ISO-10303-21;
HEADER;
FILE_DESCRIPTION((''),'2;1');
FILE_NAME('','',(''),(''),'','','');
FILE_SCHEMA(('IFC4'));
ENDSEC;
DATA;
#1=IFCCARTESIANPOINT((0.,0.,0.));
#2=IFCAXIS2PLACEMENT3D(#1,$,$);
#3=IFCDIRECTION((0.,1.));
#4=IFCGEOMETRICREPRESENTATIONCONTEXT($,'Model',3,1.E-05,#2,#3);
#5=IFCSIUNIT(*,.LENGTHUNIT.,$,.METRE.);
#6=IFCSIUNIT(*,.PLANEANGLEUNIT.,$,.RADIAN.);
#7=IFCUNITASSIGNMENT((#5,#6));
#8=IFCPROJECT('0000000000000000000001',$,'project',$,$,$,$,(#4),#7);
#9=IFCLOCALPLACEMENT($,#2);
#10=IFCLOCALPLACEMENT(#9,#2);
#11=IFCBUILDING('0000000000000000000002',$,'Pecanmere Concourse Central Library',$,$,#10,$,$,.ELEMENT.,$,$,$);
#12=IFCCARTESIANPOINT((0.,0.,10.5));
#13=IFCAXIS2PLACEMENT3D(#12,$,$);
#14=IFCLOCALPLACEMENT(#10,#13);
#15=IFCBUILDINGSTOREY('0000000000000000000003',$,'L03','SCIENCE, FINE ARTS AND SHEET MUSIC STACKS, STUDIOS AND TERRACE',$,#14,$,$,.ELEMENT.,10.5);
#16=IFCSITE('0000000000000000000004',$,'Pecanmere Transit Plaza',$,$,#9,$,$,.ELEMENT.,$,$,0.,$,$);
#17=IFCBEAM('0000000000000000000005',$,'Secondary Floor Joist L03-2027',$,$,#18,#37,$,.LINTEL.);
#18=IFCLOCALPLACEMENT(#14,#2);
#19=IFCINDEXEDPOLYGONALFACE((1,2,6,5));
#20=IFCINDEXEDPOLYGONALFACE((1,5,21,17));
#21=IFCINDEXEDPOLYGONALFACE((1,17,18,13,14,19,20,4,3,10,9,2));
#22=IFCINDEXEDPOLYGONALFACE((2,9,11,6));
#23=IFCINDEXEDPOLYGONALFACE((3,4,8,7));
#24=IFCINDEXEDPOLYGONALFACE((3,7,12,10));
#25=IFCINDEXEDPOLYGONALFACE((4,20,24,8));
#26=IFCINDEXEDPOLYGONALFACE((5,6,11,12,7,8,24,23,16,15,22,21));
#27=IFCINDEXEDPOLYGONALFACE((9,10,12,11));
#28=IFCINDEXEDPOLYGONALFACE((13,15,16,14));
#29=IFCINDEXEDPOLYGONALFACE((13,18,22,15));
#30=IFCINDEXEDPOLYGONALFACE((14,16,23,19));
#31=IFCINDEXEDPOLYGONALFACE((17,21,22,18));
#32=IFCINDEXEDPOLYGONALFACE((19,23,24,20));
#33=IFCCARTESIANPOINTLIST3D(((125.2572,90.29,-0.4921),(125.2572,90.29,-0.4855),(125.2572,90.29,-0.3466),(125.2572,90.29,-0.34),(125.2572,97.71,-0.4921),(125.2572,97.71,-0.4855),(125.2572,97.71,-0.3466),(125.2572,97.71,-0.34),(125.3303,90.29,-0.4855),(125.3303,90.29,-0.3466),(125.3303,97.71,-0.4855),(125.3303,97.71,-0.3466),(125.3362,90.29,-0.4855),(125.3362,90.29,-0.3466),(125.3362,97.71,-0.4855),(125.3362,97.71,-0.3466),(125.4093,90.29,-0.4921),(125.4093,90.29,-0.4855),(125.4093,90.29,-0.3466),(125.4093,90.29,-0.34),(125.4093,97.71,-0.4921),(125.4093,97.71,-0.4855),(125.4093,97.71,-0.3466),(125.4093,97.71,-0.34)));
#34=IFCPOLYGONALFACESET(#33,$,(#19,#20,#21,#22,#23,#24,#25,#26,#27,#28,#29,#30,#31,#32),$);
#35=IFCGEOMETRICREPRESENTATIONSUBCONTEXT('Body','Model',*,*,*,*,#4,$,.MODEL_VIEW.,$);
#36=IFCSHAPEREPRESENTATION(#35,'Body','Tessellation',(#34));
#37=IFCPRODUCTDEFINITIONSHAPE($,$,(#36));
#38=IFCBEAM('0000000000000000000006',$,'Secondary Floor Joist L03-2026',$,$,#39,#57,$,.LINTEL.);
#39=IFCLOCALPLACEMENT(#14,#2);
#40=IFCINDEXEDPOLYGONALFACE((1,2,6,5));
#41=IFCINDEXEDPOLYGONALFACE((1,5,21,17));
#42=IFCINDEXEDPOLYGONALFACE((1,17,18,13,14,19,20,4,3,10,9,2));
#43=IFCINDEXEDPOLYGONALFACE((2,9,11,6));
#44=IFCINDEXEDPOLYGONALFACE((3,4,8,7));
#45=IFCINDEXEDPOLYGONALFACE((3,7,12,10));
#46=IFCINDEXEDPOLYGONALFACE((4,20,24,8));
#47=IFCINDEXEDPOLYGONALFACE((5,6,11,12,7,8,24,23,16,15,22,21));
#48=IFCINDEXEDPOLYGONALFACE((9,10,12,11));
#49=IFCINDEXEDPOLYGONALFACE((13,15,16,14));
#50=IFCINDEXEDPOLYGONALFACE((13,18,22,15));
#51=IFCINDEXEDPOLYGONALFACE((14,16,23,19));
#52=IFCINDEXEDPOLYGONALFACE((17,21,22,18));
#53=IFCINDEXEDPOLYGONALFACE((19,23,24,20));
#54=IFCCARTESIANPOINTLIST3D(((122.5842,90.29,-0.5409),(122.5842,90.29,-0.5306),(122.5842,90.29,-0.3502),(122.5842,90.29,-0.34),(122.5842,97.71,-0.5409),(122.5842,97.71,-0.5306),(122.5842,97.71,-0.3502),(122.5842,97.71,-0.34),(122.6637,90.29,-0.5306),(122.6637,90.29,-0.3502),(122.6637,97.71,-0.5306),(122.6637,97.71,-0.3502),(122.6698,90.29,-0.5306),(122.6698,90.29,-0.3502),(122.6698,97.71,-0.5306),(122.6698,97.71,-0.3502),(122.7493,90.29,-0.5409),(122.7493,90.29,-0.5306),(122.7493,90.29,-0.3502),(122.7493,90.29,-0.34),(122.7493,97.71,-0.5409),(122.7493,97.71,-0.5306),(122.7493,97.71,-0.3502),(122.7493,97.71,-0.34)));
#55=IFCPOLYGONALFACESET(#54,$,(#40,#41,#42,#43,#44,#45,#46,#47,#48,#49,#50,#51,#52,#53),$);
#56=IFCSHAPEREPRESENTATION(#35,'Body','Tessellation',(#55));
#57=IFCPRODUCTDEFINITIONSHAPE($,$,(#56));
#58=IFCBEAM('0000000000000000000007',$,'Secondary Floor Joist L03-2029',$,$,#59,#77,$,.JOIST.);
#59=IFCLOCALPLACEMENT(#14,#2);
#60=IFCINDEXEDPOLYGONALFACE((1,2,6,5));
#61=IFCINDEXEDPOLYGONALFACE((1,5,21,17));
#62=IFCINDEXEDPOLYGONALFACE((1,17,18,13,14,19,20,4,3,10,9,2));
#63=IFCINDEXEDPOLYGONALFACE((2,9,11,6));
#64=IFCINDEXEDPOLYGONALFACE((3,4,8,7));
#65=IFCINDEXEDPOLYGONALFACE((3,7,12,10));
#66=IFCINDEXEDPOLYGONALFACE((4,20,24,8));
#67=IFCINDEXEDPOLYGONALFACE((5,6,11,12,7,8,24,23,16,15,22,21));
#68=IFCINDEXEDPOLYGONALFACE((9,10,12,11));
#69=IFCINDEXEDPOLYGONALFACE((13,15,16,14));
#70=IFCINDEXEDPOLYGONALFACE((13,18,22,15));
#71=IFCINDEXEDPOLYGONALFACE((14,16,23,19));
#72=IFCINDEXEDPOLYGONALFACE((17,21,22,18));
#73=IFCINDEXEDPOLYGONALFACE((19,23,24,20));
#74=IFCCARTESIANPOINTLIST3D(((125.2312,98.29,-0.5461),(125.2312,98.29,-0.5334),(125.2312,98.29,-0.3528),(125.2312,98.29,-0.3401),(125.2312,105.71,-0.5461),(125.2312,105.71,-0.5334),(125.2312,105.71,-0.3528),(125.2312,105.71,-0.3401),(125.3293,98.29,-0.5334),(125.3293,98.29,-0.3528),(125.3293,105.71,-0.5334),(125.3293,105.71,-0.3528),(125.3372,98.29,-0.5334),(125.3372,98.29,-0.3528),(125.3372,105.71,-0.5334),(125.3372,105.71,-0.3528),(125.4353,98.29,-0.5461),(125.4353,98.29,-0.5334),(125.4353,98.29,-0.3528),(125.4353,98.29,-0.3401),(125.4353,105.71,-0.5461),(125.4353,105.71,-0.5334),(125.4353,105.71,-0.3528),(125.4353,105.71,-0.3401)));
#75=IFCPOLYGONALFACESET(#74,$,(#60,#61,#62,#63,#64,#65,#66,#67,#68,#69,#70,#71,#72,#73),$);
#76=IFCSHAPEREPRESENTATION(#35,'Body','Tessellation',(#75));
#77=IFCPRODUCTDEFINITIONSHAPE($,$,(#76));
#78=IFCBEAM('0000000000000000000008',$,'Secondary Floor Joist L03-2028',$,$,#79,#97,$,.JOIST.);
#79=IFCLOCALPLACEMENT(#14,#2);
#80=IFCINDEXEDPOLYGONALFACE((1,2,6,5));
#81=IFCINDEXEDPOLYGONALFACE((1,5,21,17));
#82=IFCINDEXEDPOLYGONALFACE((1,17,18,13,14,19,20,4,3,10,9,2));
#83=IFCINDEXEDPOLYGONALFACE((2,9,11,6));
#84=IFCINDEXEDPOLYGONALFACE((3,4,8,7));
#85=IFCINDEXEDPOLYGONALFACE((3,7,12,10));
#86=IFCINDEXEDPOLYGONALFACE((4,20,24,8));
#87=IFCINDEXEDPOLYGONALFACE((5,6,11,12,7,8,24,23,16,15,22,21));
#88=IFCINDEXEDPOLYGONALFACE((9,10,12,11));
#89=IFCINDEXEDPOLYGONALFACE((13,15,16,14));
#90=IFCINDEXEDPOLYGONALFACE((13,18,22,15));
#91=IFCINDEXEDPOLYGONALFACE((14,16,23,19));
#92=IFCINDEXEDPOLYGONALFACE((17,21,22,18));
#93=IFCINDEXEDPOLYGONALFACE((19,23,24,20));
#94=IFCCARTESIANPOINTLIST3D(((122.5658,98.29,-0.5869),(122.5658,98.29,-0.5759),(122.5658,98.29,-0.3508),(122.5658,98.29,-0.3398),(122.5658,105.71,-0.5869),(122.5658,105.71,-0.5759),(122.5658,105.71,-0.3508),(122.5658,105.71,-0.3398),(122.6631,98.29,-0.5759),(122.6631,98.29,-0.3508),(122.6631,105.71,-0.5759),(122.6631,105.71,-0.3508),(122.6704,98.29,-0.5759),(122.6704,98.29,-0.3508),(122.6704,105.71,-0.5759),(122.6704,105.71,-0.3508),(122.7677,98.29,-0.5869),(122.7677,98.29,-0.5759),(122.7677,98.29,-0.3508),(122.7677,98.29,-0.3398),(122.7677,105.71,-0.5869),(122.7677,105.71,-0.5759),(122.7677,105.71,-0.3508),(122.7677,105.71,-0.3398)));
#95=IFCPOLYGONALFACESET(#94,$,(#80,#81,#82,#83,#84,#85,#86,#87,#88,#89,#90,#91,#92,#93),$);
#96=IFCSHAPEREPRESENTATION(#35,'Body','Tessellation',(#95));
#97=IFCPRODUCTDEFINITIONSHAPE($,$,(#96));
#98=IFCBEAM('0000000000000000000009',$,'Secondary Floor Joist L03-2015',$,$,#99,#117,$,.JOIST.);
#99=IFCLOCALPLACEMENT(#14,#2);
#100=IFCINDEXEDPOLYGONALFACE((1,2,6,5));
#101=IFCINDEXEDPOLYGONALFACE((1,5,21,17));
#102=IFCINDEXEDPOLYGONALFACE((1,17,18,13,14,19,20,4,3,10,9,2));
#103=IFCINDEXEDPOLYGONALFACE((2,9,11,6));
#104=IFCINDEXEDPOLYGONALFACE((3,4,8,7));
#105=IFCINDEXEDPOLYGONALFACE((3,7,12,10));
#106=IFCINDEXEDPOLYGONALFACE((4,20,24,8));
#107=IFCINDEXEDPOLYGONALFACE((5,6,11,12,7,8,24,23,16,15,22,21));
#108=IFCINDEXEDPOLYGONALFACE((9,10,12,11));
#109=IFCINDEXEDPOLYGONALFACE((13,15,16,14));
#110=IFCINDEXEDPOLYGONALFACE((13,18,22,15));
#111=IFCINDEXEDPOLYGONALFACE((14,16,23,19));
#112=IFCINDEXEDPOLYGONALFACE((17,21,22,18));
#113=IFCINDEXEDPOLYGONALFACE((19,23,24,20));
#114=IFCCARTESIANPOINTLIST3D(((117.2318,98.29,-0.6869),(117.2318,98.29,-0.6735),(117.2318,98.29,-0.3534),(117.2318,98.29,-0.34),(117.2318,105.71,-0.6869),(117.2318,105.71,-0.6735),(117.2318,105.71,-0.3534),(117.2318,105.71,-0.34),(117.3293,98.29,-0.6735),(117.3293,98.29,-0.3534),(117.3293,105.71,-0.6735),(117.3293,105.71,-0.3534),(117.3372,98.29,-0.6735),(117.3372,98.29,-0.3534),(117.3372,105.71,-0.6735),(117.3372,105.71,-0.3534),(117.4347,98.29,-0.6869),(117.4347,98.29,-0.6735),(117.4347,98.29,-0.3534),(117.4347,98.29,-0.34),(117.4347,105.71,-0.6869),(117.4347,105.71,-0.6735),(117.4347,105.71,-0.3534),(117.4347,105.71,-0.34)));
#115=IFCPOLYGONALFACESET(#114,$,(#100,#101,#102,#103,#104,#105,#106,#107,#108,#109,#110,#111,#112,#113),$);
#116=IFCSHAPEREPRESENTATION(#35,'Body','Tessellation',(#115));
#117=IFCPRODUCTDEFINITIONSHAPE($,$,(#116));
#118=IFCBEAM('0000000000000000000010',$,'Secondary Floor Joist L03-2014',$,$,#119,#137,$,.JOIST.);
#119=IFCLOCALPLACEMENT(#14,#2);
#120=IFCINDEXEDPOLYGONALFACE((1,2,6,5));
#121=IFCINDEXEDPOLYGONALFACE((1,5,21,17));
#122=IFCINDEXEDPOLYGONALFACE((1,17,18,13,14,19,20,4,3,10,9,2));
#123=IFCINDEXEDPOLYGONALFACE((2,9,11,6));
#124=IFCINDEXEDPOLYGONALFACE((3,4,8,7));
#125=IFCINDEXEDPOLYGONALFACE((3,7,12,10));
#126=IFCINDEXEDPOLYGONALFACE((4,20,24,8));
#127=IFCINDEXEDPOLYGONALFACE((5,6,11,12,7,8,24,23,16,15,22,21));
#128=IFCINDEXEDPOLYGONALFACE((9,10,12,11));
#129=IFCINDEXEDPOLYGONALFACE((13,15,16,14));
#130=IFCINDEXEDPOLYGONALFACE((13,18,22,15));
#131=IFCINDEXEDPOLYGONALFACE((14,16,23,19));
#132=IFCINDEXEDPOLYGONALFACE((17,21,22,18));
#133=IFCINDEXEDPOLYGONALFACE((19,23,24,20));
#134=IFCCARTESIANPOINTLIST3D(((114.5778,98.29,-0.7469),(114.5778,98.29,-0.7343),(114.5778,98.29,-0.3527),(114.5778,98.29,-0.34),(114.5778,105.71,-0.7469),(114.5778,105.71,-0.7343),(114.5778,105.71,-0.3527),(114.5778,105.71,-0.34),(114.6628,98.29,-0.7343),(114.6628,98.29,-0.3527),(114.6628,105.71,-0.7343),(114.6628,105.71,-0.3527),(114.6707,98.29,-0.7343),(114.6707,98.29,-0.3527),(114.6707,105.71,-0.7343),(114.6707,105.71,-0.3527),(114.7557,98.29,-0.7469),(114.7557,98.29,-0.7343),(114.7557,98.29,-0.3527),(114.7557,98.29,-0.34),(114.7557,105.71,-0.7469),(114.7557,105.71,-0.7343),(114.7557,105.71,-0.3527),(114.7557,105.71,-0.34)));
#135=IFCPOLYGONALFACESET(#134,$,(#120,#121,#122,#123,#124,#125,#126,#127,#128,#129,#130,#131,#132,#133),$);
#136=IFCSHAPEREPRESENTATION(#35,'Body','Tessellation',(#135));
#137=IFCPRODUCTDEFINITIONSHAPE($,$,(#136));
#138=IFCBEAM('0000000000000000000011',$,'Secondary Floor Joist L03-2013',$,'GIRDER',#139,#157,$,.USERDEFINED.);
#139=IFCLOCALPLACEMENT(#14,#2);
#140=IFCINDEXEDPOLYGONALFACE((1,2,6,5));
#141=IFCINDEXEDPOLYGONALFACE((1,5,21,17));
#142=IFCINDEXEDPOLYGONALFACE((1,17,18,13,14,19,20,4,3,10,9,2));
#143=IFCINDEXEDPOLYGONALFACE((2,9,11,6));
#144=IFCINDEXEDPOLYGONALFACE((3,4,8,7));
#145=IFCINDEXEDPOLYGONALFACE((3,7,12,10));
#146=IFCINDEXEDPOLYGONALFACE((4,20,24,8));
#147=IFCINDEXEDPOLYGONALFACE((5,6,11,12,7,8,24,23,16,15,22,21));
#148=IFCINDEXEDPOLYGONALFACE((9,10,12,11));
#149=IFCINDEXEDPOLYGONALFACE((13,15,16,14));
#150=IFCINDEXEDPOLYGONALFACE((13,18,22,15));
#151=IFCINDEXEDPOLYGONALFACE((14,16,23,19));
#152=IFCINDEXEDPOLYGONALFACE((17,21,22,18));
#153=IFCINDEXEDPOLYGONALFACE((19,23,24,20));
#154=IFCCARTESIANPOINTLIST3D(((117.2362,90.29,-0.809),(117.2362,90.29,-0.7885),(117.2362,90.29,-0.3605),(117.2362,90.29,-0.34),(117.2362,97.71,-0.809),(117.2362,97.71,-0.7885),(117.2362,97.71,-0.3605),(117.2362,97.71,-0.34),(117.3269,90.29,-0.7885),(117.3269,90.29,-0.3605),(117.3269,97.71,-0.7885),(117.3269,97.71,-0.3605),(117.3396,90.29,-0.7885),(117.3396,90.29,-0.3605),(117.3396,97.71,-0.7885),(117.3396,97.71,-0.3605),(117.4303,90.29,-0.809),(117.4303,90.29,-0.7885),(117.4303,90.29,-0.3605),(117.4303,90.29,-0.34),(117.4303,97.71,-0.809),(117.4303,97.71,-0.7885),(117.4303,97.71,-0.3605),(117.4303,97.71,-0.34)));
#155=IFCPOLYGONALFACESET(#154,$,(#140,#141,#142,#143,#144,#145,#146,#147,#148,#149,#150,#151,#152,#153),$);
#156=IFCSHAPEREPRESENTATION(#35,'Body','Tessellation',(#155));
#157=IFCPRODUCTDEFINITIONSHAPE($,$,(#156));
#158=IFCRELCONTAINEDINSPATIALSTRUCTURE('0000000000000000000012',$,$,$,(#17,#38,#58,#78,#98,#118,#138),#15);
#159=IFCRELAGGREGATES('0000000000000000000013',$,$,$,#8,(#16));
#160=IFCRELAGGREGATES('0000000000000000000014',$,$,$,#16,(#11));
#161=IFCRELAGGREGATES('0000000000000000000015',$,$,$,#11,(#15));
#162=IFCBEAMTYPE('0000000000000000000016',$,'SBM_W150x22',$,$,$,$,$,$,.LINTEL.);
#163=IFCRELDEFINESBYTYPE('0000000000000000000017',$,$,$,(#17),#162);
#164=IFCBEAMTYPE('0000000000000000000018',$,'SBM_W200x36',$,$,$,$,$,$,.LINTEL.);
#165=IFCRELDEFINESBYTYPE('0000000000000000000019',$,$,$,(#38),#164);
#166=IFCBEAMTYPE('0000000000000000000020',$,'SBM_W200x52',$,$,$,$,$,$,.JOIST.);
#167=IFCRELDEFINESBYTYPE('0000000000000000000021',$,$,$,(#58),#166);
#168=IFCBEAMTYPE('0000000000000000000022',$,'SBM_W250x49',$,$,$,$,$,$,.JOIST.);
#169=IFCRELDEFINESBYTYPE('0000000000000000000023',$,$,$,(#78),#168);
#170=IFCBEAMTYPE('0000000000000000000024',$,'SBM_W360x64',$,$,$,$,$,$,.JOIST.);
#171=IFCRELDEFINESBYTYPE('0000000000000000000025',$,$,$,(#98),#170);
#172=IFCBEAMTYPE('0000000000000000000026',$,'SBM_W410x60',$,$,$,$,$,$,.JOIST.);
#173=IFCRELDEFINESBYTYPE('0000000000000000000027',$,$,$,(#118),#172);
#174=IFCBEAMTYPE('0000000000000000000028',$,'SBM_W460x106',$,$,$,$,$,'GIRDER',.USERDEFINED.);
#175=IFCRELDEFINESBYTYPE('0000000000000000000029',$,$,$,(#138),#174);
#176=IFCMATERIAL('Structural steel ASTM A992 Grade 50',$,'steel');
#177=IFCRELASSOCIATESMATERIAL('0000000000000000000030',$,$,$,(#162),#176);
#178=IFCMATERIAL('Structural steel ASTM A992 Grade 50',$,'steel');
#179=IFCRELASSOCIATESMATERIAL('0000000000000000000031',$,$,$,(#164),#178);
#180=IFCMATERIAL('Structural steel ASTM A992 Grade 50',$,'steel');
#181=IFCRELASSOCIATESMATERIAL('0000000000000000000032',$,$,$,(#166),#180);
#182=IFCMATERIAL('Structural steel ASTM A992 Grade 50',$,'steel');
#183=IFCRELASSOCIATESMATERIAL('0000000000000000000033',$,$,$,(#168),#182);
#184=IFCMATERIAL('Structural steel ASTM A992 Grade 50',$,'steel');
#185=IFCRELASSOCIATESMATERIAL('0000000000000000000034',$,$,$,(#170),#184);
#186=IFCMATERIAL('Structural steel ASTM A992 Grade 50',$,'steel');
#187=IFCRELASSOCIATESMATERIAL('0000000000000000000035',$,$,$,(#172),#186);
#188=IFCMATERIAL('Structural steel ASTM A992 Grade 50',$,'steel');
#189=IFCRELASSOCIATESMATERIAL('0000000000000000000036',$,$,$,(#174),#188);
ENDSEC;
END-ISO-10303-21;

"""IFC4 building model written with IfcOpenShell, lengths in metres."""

from ifc_helpers import new_model, si_unit, direction, frame, origin, origin_2d, place, context, subcontext, project, spatial, i_section, extrude, material, material_profile, profile_set, type_object, element, save


model = new_model("IFC4")

# Units and contexts
model_context = context("Model", 3, precision=1e-05, world=origin(), true_north=direction((0.0, 1.0)))
body_context = subcontext(model_context, "Body", "Model", "MODEL_VIEW")
ifc_project = project(units=[si_unit("LENGTHUNIT", "METRE"), si_unit("PLANEANGLEUNIT", "RADIAN")], contexts=[model_context])

# Site, building, storey
site_placement = place(None, origin())
site = spatial("IfcSite", under=ifc_project, at=site_placement, Name="Pecanmere Transit Plaza", CompositionType="ELEMENT", RefElevation=0.0)
building_placement = place(site_placement, origin())
building = spatial("IfcBuilding", under=site, at=building_placement, Name="Pecanmere Concourse Central Library", CompositionType="ELEMENT")
storey_placement = place(building_placement, frame((0.0, 0.0, 10.5)))
storey = spatial("IfcBuildingStorey", under=building, at=storey_placement, Name="L03", Description="SCIENCE, FINE ARTS AND SHEET MUSIC STACKS, STUDIOS AND TERRACE", CompositionType="ELEMENT", Elevation=10.5)

# Beams
ifc_material_1 = material(Name="Structural steel ASTM A992 Grade 50", Category="steel")
ifc_material_profile_1 = material_profile(ifc_material_1, i_section(OverallWidth=0.1521, OverallDepth=0.1521, WebThickness=0.0059, FlangeThickness=0.0066, at=origin_2d()), Name="W150x22.5")
ifc_profile_set_1 = profile_set([ifc_material_profile_1], Name="Structural steel ASTM A992 Grade 50")
beam_type_1 = type_object("IfcBeamType", Name="SBM_W150x22", PredefinedType="LINTEL", material=ifc_profile_set_1)
beam_1_placement = place(storey_placement, frame((125.3333, 90.29, -0.416), z_axis=(0.0, 1.0, 0.0), x_axis=(-1.0, 0.0, 0.0)))
element("IfcBeam", 1, at=beam_1_placement, inside=storey, type_object=beam_type_1, Name="Secondary Floor Joist L03-2027", PredefinedType="LINTEL", context=body_context, shape_type="SweptSolid", body=[
    extrude(i_section(OverallWidth=0.1521, OverallDepth=0.1521, WebThickness=0.0059, FlangeThickness=0.0066, at=origin_2d()), origin(), (0.0, 0.0, 1.0), 7.4199),
])
ifc_material_2 = material(Name="Structural steel ASTM A992 Grade 50", Category="steel")
ifc_material_profile_2 = material_profile(ifc_material_2, i_section(OverallWidth=0.165, OverallDepth=0.2009, WebThickness=0.0061, FlangeThickness=0.0103, at=origin_2d()), Name="W200x35.9")
ifc_profile_set_2 = profile_set([ifc_material_profile_2], Name="Structural steel ASTM A992 Grade 50")
beam_type_2 = type_object("IfcBeamType", Name="SBM_W200x36", PredefinedType="LINTEL", material=ifc_profile_set_2)
beam_2_placement = place(storey_placement, frame((122.6667, 90.29, -0.4404), z_axis=(0.0, 1.0, 0.0), x_axis=(-1.0, 0.0, 0.0)))
element("IfcBeam", 2, at=beam_2_placement, inside=storey, type_object=beam_type_2, Name="Secondary Floor Joist L03-2026", PredefinedType="LINTEL", context=body_context, shape_type="SweptSolid", body=[
    extrude(i_section(OverallWidth=0.165, OverallDepth=0.2009, WebThickness=0.0061, FlangeThickness=0.0103, at=origin_2d()), origin(), (0.0, 0.0, 1.0), 7.4199),
])
ifc_material_3 = material(Name="Structural steel ASTM A992 Grade 50", Category="steel")
ifc_material_profile_3 = material_profile(ifc_material_3, i_section(OverallWidth=0.2041, OverallDepth=0.2061, WebThickness=0.0078, FlangeThickness=0.0127, at=origin_2d()), Name="W200x52")
ifc_profile_set_3 = profile_set([ifc_material_profile_3], Name="Structural steel ASTM A992 Grade 50")
beam_type_3 = type_object("IfcBeamType", Name="SBM_W200x52", PredefinedType="JOIST", material=ifc_profile_set_3)
beam_3_placement = place(storey_placement, frame((125.3333, 98.29, -0.4431), z_axis=(0.0, 1.0, 0.0), x_axis=(-1.0, 0.0, 0.0)))
element("IfcBeam", 3, at=beam_3_placement, inside=storey, type_object=beam_type_3, Name="Secondary Floor Joist L03-2029", PredefinedType="JOIST", context=body_context, shape_type="SweptSolid", body=[
    extrude(i_section(OverallWidth=0.2041, OverallDepth=0.2061, WebThickness=0.0078, FlangeThickness=0.0127, at=origin_2d()), origin(), (0.0, 0.0, 1.0), 7.4199),
])
ifc_material_4 = material(Name="Structural steel ASTM A992 Grade 50", Category="steel")
ifc_material_profile_4 = material_profile(ifc_material_4, i_section(OverallWidth=0.2019, OverallDepth=0.2471, WebThickness=0.0073, FlangeThickness=0.011, at=origin_2d()), Name="W250x49.1")
ifc_profile_set_4 = profile_set([ifc_material_profile_4], Name="Structural steel ASTM A992 Grade 50")
beam_type_4 = type_object("IfcBeamType", Name="SBM_W250x49", PredefinedType="JOIST", material=ifc_profile_set_4)
beam_4_placement = place(storey_placement, frame((122.6667, 98.29, -0.4634), z_axis=(0.0, 1.0, 0.0), x_axis=(-1.0, 0.0, 0.0)))
element("IfcBeam", 4, at=beam_4_placement, inside=storey, type_object=beam_type_4, Name="Secondary Floor Joist L03-2028", PredefinedType="JOIST", context=body_context, shape_type="SweptSolid", body=[
    extrude(i_section(OverallWidth=0.2019, OverallDepth=0.2471, WebThickness=0.0073, FlangeThickness=0.011, at=origin_2d()), origin(), (0.0, 0.0, 1.0), 7.4199),
])
ifc_material_5 = material(Name="Structural steel ASTM A992 Grade 50", Category="steel")
ifc_material_profile_5 = material_profile(ifc_material_5, i_section(OverallWidth=0.2029, OverallDepth=0.3469, WebThickness=0.0078, FlangeThickness=0.0134, at=origin_2d()), Name="W360x64")
ifc_profile_set_5 = profile_set([ifc_material_profile_5], Name="Structural steel ASTM A992 Grade 50")
beam_type_5 = type_object("IfcBeamType", Name="SBM_W360x64", PredefinedType="JOIST", material=ifc_profile_set_5)
beam_5_placement = place(storey_placement, frame((117.3333, 98.29, -0.5134), z_axis=(0.0, 1.0, 0.0), x_axis=(-1.0, 0.0, 0.0)))
element("IfcBeam", 5, at=beam_5_placement, inside=storey, type_object=beam_type_5, Name="Secondary Floor Joist L03-2015", PredefinedType="JOIST", context=body_context, shape_type="SweptSolid", body=[
    extrude(i_section(OverallWidth=0.2029, OverallDepth=0.3469, WebThickness=0.0078, FlangeThickness=0.0134, at=origin_2d()), origin(), (0.0, 0.0, 1.0), 7.4199),
])
ifc_material_6 = material(Name="Structural steel ASTM A992 Grade 50", Category="steel")
ifc_material_profile_6 = material_profile(ifc_material_6, i_section(OverallWidth=0.178, OverallDepth=0.407, WebThickness=0.0078, FlangeThickness=0.0127, at=origin_2d()), Name="W410x60")
ifc_profile_set_6 = profile_set([ifc_material_profile_6], Name="Structural steel ASTM A992 Grade 50")
beam_type_6 = type_object("IfcBeamType", Name="SBM_W410x60", PredefinedType="JOIST", material=ifc_profile_set_6)
beam_6_placement = place(storey_placement, frame((114.6667, 98.29, -0.5435), z_axis=(0.0, 1.0, 0.0), x_axis=(-1.0, 0.0, 0.0)))
element("IfcBeam", 6, at=beam_6_placement, inside=storey, type_object=beam_type_6, Name="Secondary Floor Joist L03-2014", PredefinedType="JOIST", context=body_context, shape_type="SweptSolid", body=[
    extrude(i_section(OverallWidth=0.178, OverallDepth=0.407, WebThickness=0.0078, FlangeThickness=0.0127, at=origin_2d()), origin(), (0.0, 0.0, 1.0), 7.4199),
])
ifc_material_7 = material(Name="Structural steel ASTM A992 Grade 50", Category="steel")
ifc_material_profile_7 = material_profile(ifc_material_7, i_section(OverallWidth=0.1941, OverallDepth=0.469, WebThickness=0.0127, FlangeThickness=0.0205, at=origin_2d()), Name="W460x106")
ifc_profile_set_7 = profile_set([ifc_material_profile_7], Name="Structural steel ASTM A992 Grade 50")
beam_type_7 = type_object("IfcBeamType", Name="SBM_W460x106", ElementType="GIRDER", PredefinedType="USERDEFINED", material=ifc_profile_set_7)
beam_7_placement = place(storey_placement, frame((117.3333, 90.29, -0.5745), z_axis=(0.0, 1.0, 0.0), x_axis=(-1.0, 0.0, 0.0)))
element("IfcBeam", 7, at=beam_7_placement, inside=storey, type_object=beam_type_7, Name="Secondary Floor Joist L03-2013", ObjectType="GIRDER", PredefinedType="USERDEFINED", context=body_context, shape_type="SweptSolid", body=[
    extrude(i_section(OverallWidth=0.1941, OverallDepth=0.469, WebThickness=0.0127, FlangeThickness=0.0205, at=origin_2d()), origin(), (0.0, 0.0, 1.0), 7.4199),
])

save(model, "model.ifc")
